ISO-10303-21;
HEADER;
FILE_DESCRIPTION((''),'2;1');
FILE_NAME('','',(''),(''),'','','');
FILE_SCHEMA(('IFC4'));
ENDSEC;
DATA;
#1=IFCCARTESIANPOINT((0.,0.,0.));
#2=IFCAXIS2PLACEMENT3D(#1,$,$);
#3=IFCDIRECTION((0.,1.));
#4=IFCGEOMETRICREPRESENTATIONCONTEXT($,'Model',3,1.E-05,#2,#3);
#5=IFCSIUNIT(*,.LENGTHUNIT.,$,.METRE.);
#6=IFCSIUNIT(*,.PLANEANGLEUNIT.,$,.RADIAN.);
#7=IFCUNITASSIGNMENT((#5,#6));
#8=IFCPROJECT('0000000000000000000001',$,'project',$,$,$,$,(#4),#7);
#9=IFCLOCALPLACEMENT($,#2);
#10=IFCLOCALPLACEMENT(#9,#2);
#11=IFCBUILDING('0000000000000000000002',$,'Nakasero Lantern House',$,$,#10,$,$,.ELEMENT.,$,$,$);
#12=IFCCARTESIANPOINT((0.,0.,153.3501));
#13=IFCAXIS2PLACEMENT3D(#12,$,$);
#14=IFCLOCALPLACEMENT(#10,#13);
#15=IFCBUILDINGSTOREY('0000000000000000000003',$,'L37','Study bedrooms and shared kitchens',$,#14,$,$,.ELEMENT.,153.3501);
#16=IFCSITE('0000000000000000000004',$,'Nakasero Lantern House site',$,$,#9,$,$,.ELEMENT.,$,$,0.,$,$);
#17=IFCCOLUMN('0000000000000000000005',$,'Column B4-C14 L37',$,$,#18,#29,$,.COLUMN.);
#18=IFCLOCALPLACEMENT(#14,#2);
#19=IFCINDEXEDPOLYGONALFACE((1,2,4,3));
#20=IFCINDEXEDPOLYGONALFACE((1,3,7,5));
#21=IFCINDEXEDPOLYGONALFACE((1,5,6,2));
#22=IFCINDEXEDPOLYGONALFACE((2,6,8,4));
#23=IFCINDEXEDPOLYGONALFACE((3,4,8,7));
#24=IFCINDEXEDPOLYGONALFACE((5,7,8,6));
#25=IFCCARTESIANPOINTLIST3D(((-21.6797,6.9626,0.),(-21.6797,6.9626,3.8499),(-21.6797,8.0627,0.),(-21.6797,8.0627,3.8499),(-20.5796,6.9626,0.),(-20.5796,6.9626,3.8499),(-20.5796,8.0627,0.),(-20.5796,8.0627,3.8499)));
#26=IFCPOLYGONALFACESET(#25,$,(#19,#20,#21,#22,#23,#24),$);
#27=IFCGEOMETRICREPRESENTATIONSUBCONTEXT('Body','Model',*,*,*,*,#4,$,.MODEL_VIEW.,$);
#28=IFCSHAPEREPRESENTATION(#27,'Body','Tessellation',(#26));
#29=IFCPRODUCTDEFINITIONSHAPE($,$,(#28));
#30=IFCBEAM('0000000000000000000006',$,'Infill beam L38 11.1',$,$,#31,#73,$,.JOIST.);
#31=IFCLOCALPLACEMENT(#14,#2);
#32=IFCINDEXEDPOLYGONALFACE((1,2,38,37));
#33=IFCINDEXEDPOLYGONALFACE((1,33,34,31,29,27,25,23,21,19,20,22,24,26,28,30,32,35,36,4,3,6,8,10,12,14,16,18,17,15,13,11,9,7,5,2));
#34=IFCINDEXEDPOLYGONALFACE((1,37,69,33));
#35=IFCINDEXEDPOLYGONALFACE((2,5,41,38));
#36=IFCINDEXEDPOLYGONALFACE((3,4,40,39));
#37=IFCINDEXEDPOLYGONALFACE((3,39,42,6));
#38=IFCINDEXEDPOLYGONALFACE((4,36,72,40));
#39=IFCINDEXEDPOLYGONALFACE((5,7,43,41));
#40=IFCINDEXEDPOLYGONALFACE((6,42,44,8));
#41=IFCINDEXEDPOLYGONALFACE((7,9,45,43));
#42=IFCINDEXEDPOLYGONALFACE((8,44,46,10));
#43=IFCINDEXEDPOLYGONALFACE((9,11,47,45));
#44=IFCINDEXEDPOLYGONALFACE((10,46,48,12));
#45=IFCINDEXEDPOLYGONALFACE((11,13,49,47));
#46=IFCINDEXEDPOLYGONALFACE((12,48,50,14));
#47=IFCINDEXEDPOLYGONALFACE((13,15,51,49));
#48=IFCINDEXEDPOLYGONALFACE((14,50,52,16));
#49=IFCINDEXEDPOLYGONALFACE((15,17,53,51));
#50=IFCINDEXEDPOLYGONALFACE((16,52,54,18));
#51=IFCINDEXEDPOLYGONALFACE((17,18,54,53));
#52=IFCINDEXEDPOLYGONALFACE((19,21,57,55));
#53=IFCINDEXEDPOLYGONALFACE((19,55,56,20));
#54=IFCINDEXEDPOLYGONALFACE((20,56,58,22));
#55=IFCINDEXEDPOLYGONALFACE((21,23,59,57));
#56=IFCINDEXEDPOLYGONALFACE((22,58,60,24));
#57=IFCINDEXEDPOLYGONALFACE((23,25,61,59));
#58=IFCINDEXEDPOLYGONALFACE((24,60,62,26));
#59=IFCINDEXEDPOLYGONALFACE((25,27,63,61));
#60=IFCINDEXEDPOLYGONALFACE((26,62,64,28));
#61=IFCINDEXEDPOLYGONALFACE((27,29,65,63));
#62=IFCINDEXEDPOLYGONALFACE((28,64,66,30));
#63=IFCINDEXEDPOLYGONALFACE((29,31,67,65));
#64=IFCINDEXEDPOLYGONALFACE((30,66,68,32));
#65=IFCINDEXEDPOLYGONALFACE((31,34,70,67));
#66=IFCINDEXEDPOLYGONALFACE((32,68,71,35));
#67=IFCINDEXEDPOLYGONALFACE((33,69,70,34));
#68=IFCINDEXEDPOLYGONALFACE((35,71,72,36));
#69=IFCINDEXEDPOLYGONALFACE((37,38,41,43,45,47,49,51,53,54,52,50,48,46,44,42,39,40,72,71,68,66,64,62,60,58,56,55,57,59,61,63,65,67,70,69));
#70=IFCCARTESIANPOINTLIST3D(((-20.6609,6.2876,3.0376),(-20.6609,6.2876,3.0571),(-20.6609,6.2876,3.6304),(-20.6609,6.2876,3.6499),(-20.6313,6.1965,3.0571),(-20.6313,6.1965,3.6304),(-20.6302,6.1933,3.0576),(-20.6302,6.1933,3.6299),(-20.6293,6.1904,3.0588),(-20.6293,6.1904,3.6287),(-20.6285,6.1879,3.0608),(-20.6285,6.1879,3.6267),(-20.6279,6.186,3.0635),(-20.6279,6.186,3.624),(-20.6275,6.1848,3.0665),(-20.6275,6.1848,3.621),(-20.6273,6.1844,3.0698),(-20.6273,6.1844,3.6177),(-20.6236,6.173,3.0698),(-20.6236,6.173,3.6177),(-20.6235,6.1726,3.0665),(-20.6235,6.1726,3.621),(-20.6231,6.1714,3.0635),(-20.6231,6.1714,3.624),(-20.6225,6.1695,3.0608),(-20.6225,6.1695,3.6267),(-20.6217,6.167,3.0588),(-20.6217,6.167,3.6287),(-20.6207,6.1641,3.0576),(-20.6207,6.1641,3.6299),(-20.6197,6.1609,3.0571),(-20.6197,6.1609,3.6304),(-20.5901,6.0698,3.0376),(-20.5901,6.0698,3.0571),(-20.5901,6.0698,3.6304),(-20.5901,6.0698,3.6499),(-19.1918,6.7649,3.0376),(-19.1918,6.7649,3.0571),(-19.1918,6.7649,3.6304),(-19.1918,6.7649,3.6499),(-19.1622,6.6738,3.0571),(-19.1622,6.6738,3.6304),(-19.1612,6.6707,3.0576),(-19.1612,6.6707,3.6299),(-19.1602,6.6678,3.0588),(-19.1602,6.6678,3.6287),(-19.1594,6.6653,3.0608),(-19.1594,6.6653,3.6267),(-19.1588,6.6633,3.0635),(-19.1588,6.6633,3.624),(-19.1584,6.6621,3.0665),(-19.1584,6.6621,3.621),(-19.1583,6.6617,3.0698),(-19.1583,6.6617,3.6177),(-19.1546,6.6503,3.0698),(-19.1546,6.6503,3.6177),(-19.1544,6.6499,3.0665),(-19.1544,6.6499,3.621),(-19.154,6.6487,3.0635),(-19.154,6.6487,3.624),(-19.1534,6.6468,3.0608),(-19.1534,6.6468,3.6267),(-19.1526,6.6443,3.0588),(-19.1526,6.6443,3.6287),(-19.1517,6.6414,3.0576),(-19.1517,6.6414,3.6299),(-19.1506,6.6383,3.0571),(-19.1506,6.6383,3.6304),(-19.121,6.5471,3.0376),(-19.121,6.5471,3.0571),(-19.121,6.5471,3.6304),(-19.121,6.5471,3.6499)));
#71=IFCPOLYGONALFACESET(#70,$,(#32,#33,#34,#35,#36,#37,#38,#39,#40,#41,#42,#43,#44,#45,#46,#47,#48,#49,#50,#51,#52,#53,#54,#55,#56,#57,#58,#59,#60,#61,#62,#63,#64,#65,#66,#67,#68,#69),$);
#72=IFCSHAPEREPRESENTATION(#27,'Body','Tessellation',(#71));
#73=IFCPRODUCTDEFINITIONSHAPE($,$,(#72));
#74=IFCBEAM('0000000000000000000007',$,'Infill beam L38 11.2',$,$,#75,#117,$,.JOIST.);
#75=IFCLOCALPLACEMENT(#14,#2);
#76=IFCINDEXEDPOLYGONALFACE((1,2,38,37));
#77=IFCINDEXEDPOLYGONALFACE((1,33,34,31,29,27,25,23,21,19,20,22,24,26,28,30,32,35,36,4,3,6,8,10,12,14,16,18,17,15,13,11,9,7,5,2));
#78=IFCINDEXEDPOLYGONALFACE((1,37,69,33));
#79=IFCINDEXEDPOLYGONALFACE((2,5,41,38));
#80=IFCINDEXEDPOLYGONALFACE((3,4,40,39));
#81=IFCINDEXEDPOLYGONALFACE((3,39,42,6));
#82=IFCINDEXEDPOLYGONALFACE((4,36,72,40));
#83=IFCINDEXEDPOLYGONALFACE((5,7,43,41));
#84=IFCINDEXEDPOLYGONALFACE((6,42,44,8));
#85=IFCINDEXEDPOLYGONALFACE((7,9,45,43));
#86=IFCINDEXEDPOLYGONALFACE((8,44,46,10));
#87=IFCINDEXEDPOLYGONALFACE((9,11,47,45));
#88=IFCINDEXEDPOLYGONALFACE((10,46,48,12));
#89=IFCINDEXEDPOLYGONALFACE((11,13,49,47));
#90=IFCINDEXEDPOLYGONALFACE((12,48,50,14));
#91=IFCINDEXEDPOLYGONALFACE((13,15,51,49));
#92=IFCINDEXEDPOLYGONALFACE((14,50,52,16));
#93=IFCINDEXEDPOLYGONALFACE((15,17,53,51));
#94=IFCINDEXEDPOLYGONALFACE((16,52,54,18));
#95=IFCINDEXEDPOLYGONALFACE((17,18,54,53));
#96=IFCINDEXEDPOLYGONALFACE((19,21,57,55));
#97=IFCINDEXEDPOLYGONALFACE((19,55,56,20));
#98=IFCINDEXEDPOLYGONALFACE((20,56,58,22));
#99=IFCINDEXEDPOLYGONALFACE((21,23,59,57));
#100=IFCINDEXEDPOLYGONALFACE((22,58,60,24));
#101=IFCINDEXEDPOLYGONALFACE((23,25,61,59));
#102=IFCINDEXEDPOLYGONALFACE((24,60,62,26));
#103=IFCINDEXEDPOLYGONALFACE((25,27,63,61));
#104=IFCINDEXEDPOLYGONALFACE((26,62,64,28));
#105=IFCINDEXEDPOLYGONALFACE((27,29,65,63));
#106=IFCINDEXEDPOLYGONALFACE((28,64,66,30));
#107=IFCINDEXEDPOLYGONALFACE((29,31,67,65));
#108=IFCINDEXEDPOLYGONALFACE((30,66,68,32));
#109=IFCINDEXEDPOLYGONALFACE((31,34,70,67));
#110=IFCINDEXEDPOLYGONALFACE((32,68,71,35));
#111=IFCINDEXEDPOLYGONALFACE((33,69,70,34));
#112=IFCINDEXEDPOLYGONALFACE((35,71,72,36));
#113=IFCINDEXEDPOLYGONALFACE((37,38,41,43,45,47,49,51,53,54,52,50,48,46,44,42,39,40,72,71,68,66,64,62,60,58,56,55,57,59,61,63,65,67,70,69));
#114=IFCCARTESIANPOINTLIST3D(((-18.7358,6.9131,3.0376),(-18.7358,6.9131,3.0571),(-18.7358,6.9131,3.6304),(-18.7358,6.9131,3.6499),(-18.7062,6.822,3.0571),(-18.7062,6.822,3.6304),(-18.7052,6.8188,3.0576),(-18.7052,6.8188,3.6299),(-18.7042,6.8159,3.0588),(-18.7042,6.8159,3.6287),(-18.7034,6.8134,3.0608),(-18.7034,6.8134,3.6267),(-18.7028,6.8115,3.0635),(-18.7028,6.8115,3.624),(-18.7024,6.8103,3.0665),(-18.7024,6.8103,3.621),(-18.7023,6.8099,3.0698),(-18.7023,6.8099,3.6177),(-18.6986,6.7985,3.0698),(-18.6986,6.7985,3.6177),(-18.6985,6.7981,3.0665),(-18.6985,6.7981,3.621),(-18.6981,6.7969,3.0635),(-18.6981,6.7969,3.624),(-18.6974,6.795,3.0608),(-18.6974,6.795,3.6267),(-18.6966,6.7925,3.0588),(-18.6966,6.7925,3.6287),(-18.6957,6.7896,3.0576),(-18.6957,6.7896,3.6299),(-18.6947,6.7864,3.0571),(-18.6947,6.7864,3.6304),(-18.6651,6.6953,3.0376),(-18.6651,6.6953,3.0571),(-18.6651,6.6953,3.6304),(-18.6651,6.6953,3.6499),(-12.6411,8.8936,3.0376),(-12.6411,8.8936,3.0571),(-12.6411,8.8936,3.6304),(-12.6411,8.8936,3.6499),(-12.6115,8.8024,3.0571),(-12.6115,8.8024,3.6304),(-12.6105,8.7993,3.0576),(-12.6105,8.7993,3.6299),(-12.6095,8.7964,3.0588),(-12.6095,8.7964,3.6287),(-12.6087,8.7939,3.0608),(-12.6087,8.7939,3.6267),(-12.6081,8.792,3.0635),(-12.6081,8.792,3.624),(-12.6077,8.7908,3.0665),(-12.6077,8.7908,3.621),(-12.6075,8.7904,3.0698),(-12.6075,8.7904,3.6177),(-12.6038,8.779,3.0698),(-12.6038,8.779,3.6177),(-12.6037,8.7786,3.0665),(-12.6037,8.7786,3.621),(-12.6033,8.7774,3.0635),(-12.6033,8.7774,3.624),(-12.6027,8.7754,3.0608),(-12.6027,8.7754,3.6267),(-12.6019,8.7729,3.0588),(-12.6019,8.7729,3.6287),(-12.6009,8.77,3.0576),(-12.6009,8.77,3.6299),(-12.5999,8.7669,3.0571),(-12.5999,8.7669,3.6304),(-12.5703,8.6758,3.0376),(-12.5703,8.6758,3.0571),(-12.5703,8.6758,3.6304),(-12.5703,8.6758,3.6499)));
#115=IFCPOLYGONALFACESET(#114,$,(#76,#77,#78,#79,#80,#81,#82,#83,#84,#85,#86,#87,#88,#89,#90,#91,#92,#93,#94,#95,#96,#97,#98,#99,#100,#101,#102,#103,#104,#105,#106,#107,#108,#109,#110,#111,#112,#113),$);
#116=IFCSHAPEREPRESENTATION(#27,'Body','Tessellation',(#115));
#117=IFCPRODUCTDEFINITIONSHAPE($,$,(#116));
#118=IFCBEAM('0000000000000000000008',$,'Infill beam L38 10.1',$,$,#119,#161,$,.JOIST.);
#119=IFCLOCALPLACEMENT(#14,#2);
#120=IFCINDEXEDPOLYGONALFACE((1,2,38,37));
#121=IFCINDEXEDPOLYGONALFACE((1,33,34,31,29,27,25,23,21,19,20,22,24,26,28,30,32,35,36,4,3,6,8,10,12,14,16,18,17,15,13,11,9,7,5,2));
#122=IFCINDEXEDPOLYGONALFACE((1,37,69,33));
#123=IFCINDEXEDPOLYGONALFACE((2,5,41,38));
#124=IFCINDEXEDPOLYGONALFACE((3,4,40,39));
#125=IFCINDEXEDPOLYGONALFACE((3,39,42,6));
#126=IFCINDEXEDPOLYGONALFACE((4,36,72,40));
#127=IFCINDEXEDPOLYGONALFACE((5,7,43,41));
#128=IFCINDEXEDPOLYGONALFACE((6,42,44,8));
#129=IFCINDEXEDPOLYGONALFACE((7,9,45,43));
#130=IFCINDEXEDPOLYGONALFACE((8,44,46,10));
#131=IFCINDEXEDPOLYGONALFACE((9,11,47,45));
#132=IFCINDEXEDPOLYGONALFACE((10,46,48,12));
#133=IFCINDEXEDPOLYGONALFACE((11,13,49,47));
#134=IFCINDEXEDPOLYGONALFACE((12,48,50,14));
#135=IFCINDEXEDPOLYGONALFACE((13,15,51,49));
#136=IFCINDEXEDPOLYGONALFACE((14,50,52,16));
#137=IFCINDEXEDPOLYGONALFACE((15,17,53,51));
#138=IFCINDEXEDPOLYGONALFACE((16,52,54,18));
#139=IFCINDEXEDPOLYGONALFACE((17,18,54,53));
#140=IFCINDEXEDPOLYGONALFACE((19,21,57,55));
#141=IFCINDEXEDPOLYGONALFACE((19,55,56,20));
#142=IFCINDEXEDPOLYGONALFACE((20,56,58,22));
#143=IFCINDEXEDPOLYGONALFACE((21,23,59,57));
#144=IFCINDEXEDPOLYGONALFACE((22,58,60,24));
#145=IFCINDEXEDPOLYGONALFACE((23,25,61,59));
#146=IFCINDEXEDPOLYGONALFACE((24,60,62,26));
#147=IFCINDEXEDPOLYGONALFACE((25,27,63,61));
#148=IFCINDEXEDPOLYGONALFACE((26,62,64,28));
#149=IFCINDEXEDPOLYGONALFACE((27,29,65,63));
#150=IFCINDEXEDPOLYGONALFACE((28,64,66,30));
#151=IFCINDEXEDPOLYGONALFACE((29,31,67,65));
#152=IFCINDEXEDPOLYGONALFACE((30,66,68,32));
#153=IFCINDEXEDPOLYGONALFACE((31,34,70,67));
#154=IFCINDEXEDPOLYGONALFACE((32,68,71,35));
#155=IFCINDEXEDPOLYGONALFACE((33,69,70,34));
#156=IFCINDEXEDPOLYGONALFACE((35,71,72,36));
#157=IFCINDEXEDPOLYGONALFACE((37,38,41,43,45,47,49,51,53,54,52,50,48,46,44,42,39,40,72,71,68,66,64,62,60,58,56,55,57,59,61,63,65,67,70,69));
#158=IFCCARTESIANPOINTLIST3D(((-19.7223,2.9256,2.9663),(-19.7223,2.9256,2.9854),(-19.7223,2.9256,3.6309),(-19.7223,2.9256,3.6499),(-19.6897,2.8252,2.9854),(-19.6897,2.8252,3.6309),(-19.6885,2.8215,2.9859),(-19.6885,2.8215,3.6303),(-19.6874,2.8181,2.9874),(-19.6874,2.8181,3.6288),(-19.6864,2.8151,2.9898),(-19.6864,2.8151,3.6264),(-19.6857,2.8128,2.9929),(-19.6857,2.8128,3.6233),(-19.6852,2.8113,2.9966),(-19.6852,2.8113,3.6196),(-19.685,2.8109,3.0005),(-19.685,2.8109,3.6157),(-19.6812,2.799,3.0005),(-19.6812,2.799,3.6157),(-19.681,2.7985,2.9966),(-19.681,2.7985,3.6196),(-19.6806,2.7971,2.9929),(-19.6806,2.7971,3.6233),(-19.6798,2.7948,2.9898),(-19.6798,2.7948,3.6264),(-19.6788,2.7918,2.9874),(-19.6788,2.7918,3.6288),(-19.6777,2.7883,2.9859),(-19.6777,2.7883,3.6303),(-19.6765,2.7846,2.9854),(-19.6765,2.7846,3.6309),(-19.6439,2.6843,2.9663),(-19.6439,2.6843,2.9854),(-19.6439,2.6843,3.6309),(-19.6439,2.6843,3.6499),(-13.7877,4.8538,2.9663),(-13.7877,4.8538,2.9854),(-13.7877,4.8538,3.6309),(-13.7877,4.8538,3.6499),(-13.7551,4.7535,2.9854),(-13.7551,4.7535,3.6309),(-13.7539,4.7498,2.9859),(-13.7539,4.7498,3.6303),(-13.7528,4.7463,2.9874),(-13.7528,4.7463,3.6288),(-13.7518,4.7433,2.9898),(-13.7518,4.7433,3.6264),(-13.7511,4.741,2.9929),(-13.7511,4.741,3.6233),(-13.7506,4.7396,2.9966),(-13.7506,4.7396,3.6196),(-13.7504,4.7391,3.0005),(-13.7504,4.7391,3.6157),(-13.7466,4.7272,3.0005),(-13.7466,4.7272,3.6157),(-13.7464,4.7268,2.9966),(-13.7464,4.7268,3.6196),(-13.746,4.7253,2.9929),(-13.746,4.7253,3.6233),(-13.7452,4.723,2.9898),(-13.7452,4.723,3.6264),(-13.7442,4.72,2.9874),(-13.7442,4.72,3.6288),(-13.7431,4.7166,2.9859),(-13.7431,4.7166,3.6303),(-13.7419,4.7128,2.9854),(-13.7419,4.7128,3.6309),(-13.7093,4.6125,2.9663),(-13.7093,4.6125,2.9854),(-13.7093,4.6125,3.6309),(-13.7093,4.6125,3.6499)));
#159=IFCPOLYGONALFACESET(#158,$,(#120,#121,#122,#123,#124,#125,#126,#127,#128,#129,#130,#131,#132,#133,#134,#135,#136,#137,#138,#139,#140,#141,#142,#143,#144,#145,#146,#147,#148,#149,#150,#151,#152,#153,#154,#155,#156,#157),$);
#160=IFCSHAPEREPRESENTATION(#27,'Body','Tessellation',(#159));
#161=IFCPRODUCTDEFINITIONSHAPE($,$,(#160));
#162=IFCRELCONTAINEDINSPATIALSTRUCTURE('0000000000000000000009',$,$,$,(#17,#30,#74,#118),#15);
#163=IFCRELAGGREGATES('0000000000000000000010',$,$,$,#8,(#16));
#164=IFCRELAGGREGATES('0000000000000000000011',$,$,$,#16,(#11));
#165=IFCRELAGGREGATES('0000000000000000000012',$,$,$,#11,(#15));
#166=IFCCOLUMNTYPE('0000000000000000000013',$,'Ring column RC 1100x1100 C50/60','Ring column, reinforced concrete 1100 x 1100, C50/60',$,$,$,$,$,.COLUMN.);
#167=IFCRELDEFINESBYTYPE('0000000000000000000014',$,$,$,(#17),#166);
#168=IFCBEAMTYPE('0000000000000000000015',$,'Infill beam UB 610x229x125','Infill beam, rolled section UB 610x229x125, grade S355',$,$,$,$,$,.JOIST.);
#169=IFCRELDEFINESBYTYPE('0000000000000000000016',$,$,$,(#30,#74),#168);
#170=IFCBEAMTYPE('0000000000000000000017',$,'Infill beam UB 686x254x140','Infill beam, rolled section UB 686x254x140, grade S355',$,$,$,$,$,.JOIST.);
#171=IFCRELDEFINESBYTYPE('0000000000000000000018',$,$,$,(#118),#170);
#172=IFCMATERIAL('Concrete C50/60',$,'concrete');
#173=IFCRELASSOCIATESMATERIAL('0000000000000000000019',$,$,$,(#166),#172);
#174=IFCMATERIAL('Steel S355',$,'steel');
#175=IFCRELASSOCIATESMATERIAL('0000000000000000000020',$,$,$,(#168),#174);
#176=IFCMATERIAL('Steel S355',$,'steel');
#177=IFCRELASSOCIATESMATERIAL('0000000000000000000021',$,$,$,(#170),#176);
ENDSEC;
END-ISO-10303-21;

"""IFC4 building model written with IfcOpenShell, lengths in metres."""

from ifc_helpers import new_model, si_unit, direction, frame, origin, origin_2d, place, context, subcontext, project, spatial, rectangle, i_section, extrude, material, material_profile, profile_set, type_object, element, save


model = new_model("IFC4")

# Units and contexts
model_context = context("Model", 3, precision=1e-05, world=origin(), true_north=direction((0.0, 1.0)))
body_context = subcontext(model_context, "Body", "Model", "MODEL_VIEW")
ifc_project = project(units=[si_unit("LENGTHUNIT", "METRE"), si_unit("PLANEANGLEUNIT", "RADIAN")], contexts=[model_context])

# Site, building, storey
site_placement = place(None, origin())
site = spatial("IfcSite", under=ifc_project, at=site_placement, Name="Nakasero Lantern House site", CompositionType="ELEMENT", RefElevation=0.0)
building_placement = place(site_placement, origin())
building = spatial("IfcBuilding", under=site, at=building_placement, Name="Nakasero Lantern House", CompositionType="ELEMENT")
storey_placement = place(building_placement, frame((0.0, 0.0, 153.3501)))
storey = spatial("IfcBuildingStorey", under=building, at=storey_placement, Name="L37", Description="Study bedrooms and shared kitchens", CompositionType="ELEMENT", Elevation=153.3501)

# Column
ifc_material_1 = material(Name="Concrete C50/60", Category="concrete")
ifc_material_profile_1 = material_profile(ifc_material_1, rectangle(XDim=1.1001, YDim=1.1001, at=origin_2d()), Name="RC 1100x1100")
ifc_profile_set_1 = profile_set([ifc_material_profile_1], Name="Concrete C50/60")
column_type = type_object("IfcColumnType", Name="Ring column RC 1100x1100 C50/60", Description="Ring column, reinforced concrete 1100 x 1100, C50/60", PredefinedType="COLUMN", material=ifc_profile_set_1)
column_placement = place(storey_placement, frame((-21.1296, 7.5127, 0.0), z_axis=(0.0, 0.0, 1.0), x_axis=(1.0, 0.0, 0.0)))
element("IfcColumn", 1, at=column_placement, inside=storey, type_object=column_type, Name="Column B4-C14 L37", PredefinedType="COLUMN", context=body_context, shape_type="SweptSolid", body=[
    extrude(rectangle(XDim=1.1001, YDim=1.1001, at=origin_2d()), origin(), (0.0, 0.0, 1.0), 3.8499),
])

# Beams
ifc_material_2 = material(Name="Steel S355", Category="steel")
ifc_material_profile_2 = material_profile(ifc_material_2, i_section(OverallWidth=0.229, OverallDepth=0.6123, WebThickness=0.012, FlangeThickness=0.0195, FilletRadius=0.0127, at=origin_2d()), Name="UB 610x229x125")
ifc_profile_set_2 = profile_set([ifc_material_profile_2], Name="Steel S355")
beam_type_1 = type_object("IfcBeamType", Name="Infill beam UB 610x229x125", Description="Infill beam, rolled section UB 610x229x125, grade S355", PredefinedType="JOIST", material=ifc_profile_set_2)
beam_1_placement = place(storey_placement, frame((-20.6255, 6.1787, 3.3438), z_axis=(0.951058, 0.309011, 0.0), x_axis=(-0.309011, 0.951058, 0.0)))
element("IfcBeam", 2, at=beam_1_placement, inside=storey, type_object=beam_type_1, Name="Infill beam L38 11.1", PredefinedType="JOIST", context=body_context, shape_type="SweptSolid", body=[
    extrude(i_section(OverallWidth=0.229, OverallDepth=0.6123, WebThickness=0.012, FlangeThickness=0.0195, FilletRadius=0.0127, at=origin_2d()), origin(), (0.0, 0.0, 1.0), 1.5447),
])
beam_2_placement = place(storey_placement, frame((-18.7004, 6.8042, 3.3438), z_axis=(0.951049, 0.309041, 0.0), x_axis=(-0.309041, 0.951049, 0.0)))
element("IfcBeam", 3, at=beam_2_placement, inside=storey, type_object=beam_type_1, Name="Infill beam L38 11.2", PredefinedType="JOIST", context=body_context, shape_type="SweptSolid", body=[
    extrude(i_section(OverallWidth=0.229, OverallDepth=0.6123, WebThickness=0.012, FlangeThickness=0.0195, FilletRadius=0.0127, at=origin_2d()), origin(), (0.0, 0.0, 1.0), 6.4084),
])
ifc_material_3 = material(Name="Steel S355", Category="steel")
ifc_material_profile_3 = material_profile(ifc_material_3, i_section(OverallWidth=0.2537, OverallDepth=0.6836, WebThickness=0.0125, FlangeThickness=0.019, FilletRadius=0.0151, at=origin_2d()), Name="UB 686x254x140")
ifc_profile_set_3 = profile_set([ifc_material_profile_3], Name="Steel S355")
beam_type_2 = type_object("IfcBeamType", Name="Infill beam UB 686x254x140", Description="Infill beam, rolled section UB 686x254x140, grade S355", PredefinedType="JOIST", material=ifc_profile_set_3)
beam_3_placement = place(storey_placement, frame((-19.6831, 2.8049, 3.3081), z_axis=(0.951058, 0.309012, 0.0), x_axis=(-0.309012, 0.951058, 0.0)))
element("IfcBeam", 4, at=beam_3_placement, inside=storey, type_object=beam_type_2, Name="Infill beam L38 10.1", PredefinedType="JOIST", context=body_context, shape_type="SweptSolid", body=[
    extrude(i_section(OverallWidth=0.2537, OverallDepth=0.6836, WebThickness=0.0125, FlangeThickness=0.019, FilletRadius=0.0151, at=origin_2d()), origin(), (0.0, 0.0, 1.0), 6.24),
])

save(model, "model.ifc")
